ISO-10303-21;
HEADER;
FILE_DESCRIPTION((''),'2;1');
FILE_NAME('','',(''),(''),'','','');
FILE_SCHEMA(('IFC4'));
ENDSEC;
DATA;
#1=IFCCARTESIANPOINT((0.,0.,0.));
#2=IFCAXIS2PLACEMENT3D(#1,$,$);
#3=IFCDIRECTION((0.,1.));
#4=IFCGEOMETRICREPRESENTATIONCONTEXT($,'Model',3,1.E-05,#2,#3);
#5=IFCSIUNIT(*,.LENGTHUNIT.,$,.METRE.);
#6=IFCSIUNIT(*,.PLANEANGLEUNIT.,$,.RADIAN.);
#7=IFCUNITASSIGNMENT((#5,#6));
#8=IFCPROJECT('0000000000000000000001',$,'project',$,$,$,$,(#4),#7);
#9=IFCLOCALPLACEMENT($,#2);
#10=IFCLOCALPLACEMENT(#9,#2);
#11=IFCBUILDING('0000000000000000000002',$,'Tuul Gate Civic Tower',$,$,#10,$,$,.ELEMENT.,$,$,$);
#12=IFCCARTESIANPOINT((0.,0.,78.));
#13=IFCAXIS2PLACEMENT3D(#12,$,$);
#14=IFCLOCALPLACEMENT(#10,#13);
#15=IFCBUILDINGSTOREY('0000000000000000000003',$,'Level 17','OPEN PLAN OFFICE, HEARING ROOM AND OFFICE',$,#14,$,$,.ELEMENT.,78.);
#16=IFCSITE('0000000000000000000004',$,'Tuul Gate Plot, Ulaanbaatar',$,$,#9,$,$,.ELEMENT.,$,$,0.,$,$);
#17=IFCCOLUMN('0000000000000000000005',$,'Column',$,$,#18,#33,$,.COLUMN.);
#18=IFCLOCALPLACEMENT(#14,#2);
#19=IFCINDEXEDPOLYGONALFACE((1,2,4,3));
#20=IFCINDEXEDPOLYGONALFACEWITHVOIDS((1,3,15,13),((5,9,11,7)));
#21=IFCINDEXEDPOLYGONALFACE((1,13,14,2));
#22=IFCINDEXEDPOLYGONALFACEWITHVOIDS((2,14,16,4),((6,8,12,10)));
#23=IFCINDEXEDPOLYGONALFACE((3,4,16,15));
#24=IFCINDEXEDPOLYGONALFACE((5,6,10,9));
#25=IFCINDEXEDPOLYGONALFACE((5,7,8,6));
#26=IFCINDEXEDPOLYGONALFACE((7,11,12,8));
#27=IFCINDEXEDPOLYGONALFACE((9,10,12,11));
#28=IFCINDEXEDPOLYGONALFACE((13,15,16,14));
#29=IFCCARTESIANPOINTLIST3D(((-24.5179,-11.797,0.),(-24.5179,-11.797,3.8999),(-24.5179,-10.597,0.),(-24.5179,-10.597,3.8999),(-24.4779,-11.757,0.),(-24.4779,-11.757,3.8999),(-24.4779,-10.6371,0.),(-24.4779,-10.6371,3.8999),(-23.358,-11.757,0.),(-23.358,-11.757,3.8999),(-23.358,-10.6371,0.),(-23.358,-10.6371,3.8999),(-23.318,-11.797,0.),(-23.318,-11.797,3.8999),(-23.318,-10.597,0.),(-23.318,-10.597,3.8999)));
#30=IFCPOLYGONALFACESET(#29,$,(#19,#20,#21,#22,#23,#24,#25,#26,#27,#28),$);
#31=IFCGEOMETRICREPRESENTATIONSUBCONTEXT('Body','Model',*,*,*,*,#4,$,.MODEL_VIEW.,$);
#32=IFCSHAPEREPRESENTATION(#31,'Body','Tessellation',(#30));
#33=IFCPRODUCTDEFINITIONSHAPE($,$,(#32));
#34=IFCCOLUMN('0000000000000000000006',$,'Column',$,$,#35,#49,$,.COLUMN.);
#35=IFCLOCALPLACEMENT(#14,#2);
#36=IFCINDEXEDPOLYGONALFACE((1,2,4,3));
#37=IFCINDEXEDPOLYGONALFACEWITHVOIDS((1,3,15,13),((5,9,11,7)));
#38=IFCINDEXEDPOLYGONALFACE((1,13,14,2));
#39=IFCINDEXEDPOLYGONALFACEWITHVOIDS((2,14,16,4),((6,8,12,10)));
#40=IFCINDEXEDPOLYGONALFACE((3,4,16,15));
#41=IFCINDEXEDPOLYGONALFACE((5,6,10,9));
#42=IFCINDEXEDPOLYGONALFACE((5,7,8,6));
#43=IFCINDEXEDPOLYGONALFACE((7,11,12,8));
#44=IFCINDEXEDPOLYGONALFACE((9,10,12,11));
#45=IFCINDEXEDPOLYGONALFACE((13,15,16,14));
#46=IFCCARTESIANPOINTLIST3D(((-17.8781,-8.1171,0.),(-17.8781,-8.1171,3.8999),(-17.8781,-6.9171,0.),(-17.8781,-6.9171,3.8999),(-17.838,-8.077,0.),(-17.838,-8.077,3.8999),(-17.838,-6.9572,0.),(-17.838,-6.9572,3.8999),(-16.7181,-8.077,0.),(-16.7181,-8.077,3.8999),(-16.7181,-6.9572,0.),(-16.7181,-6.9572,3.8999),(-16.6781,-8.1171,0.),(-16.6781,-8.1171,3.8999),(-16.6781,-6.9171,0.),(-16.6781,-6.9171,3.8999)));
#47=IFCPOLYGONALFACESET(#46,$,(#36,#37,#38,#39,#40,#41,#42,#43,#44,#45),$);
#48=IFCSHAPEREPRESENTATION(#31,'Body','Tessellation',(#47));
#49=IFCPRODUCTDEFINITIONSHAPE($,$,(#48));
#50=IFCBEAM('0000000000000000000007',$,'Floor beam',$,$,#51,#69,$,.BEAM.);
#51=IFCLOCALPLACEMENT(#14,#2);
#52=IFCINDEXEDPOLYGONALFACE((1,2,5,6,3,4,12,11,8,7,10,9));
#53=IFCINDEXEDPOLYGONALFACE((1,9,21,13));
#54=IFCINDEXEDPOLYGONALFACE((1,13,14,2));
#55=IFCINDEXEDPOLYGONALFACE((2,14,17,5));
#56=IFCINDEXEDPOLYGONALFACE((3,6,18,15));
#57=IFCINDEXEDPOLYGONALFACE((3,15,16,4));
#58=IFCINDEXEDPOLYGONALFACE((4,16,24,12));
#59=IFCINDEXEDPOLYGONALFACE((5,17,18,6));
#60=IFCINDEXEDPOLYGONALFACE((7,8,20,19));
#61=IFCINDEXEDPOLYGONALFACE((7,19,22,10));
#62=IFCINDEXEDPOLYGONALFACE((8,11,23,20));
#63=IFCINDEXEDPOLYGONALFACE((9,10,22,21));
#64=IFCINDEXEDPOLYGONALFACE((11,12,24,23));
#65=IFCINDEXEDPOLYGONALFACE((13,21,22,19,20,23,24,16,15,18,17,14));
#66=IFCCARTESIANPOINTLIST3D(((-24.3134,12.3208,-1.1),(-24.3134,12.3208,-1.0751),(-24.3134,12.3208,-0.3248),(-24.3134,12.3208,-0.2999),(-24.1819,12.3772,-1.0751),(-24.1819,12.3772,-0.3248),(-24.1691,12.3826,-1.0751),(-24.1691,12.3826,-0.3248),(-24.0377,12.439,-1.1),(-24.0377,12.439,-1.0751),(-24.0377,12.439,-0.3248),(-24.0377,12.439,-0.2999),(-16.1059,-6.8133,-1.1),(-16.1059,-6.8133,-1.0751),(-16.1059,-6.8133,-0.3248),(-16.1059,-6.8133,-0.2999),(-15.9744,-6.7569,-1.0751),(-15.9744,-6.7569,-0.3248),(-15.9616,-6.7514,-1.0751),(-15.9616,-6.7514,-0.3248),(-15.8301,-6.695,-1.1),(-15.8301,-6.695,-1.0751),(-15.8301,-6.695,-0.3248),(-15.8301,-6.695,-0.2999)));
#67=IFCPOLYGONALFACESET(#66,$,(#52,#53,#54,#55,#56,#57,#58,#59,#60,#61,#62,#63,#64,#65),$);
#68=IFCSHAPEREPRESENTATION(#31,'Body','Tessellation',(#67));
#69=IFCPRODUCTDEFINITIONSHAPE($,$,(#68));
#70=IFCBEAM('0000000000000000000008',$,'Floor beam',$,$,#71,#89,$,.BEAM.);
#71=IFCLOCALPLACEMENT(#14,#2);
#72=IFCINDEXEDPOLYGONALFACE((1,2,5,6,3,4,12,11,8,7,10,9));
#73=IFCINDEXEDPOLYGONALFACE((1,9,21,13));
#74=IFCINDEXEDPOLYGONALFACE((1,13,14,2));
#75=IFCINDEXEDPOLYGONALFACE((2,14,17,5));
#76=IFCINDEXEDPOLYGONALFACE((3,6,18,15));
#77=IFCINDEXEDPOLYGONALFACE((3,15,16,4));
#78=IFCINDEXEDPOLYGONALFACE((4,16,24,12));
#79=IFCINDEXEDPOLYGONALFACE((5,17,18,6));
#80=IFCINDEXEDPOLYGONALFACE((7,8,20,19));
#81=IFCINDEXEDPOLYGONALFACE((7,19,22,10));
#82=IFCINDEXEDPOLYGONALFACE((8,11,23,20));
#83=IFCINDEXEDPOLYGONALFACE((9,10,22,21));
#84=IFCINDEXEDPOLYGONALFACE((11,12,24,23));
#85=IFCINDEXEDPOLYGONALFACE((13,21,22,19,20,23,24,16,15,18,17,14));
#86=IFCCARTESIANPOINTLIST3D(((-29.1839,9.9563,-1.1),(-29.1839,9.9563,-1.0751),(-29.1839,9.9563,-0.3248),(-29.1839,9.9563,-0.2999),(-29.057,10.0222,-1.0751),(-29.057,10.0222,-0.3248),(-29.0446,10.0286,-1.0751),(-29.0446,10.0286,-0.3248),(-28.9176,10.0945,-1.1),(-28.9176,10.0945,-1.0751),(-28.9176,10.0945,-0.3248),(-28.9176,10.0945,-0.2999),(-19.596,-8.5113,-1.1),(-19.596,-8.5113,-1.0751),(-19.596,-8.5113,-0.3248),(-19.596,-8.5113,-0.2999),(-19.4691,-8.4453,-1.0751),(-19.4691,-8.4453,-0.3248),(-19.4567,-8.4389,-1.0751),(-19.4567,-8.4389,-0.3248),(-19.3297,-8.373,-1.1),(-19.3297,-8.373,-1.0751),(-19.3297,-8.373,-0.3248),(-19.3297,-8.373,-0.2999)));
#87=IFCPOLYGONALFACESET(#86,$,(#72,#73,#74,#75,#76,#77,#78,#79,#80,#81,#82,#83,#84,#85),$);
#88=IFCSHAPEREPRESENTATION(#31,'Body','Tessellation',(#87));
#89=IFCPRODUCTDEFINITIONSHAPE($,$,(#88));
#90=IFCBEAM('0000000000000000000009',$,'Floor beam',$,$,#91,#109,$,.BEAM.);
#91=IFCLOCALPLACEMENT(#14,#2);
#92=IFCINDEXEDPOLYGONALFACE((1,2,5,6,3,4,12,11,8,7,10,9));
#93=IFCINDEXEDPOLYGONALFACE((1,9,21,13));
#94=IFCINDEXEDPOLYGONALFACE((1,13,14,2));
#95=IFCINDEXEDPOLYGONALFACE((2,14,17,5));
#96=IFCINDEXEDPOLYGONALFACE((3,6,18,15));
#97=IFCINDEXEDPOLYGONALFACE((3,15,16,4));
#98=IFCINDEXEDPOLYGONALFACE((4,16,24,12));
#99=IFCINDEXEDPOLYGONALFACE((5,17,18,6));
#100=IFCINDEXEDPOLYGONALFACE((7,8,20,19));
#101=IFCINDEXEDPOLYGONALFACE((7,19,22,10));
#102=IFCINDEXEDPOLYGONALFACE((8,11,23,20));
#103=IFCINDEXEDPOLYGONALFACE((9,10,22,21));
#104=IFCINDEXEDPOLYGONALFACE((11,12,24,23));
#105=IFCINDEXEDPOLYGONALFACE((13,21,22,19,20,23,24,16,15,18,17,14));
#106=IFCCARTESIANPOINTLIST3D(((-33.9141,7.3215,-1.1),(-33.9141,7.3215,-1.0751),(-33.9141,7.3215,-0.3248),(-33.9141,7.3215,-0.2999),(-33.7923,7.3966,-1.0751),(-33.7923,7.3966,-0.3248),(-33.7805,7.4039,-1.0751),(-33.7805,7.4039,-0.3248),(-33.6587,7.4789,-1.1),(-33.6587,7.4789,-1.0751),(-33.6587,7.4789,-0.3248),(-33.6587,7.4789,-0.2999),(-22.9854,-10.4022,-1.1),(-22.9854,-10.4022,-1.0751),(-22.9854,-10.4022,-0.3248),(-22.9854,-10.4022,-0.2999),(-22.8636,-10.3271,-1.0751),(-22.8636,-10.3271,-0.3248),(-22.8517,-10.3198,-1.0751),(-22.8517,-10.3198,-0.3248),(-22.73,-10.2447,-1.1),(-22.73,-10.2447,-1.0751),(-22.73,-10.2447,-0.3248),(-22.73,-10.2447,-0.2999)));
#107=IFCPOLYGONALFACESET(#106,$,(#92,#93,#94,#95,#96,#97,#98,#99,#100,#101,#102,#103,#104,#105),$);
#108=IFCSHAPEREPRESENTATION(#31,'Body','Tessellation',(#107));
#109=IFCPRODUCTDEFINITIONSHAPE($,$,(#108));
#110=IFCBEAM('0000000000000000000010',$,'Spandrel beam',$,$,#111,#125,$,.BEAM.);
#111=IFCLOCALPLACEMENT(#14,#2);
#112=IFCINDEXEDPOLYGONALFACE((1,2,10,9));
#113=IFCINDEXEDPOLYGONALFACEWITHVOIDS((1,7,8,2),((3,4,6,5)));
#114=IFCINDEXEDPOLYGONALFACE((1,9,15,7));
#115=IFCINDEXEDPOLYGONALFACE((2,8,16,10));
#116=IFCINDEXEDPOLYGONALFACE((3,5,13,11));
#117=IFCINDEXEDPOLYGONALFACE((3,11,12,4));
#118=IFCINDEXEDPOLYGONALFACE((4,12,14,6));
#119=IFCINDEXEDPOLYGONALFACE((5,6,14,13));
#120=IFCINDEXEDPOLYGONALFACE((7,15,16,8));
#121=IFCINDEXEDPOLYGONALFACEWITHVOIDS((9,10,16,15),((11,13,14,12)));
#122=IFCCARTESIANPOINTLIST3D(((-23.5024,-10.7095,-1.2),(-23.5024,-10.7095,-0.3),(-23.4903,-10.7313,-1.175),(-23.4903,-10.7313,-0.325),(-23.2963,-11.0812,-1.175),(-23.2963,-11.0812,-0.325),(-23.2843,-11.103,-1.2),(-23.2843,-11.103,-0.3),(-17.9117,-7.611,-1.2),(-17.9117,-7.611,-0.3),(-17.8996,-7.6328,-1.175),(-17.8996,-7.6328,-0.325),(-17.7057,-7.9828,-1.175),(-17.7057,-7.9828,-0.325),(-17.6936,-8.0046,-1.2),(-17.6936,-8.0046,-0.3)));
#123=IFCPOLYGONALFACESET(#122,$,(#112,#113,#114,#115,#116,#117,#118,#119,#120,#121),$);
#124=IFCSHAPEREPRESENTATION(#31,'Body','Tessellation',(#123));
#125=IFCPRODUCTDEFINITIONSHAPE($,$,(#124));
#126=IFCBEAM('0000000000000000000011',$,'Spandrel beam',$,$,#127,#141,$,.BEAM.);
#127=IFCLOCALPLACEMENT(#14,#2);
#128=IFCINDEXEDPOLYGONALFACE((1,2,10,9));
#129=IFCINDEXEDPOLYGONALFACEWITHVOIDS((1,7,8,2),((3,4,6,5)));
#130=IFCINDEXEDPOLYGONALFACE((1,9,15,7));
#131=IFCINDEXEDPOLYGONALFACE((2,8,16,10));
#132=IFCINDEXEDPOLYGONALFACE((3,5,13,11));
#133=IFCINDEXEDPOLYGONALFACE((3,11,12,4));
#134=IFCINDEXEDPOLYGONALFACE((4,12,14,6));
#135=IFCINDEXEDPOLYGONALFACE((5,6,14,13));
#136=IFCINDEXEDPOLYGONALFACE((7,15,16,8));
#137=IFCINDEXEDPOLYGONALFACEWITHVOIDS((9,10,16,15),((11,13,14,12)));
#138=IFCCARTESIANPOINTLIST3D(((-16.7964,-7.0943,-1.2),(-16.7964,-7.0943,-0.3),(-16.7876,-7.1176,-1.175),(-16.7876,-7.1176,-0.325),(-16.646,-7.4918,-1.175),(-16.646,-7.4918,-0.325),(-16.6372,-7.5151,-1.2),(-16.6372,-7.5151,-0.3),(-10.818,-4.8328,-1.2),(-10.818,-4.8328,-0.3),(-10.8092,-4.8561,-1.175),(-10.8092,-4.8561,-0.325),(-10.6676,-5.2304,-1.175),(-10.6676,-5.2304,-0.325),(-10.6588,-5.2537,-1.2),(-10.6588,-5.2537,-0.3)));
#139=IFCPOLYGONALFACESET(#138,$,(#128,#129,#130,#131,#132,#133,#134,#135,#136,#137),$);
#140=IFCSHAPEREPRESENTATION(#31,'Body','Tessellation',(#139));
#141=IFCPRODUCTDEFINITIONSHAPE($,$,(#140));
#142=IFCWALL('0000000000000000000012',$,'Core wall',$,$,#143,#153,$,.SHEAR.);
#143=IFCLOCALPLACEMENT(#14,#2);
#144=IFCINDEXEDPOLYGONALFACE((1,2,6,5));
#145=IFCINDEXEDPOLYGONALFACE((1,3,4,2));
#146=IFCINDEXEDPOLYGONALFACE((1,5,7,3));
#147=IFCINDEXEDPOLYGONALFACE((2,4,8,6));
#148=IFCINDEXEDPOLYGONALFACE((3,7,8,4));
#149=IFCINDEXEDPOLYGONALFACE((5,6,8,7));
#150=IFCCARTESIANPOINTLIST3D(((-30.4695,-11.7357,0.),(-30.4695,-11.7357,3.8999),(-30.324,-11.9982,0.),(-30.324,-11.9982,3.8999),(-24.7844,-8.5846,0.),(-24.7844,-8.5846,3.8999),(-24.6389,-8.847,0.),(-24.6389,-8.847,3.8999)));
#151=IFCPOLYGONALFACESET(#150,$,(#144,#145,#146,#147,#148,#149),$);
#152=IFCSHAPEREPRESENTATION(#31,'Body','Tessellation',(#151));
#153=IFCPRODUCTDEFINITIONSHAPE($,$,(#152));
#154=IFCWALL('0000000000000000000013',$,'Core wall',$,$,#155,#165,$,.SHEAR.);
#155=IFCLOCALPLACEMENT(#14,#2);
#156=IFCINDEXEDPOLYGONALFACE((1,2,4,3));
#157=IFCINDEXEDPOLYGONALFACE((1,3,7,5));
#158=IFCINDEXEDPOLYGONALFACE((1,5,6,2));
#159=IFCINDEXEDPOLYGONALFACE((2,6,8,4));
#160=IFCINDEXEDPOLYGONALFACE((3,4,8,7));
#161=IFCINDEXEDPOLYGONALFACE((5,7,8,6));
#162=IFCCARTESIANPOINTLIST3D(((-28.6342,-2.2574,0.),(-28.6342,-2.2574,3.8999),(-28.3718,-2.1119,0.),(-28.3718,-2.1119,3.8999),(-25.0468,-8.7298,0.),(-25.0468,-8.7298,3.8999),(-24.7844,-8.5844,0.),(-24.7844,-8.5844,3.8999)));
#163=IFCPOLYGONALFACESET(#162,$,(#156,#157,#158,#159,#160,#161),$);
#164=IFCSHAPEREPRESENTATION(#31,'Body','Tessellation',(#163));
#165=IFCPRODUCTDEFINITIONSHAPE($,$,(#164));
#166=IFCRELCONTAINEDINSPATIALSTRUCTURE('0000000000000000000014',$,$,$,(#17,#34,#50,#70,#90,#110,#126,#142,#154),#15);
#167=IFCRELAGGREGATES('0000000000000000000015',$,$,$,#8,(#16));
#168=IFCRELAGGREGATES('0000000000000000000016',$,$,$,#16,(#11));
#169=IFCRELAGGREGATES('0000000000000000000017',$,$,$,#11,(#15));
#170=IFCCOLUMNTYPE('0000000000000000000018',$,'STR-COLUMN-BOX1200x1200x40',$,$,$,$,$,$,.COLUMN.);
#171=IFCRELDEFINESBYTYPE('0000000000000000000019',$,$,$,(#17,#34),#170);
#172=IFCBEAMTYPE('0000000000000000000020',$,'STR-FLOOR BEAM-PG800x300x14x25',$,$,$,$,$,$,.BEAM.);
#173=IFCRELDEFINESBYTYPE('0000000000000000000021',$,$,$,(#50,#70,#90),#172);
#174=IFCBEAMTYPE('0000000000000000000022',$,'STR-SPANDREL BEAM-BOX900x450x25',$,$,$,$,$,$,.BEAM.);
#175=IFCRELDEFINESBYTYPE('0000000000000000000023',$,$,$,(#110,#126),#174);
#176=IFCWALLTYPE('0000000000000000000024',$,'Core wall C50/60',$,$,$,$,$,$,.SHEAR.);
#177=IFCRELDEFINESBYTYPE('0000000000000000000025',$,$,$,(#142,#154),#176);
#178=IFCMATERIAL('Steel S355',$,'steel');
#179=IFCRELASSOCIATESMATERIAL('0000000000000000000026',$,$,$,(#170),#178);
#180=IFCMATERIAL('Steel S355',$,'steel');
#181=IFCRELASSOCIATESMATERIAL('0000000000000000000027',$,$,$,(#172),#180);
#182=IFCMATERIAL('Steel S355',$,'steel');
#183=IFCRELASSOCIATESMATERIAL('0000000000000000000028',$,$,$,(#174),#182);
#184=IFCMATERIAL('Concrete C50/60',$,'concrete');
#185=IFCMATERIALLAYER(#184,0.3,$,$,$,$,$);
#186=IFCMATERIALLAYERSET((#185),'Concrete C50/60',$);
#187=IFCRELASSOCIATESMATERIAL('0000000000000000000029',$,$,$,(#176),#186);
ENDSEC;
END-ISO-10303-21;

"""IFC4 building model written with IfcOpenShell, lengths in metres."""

from ifc_helpers import new_model, si_unit, direction, frame, frame_2d, origin, origin_2d, place, context, subcontext, project, spatial, rectangle, hollow_rectangle, i_section, extrude, material, layer, layer_set, material_profile, profile_set, type_object, element, save


model = new_model("IFC4")

# Units and contexts
model_context = context("Model", 3, precision=1e-05, world=origin(), true_north=direction((0.0, 1.0)))
body_context = subcontext(model_context, "Body", "Model", "MODEL_VIEW")
ifc_project = project(units=[si_unit("LENGTHUNIT", "METRE"), si_unit("PLANEANGLEUNIT", "RADIAN")], contexts=[model_context])

# Site, building, storey
site_placement = place(None, origin())
site = spatial("IfcSite", under=ifc_project, at=site_placement, Name="Tuul Gate Plot, Ulaanbaatar", CompositionType="ELEMENT", RefElevation=0.0)
building_placement = place(site_placement, origin())
building = spatial("IfcBuilding", under=site, at=building_placement, Name="Tuul Gate Civic Tower", CompositionType="ELEMENT")
storey_placement = place(building_placement, frame((0.0, 0.0, 78.0)))
storey = spatial("IfcBuildingStorey", under=building, at=storey_placement, Name="Level 17", Description="OPEN PLAN OFFICE, HEARING ROOM AND OFFICE", CompositionType="ELEMENT", Elevation=78.0)

# Columns
ifc_material_1 = material(Name="Steel S355", Category="steel")
ifc_material_profile_1 = material_profile(ifc_material_1, hollow_rectangle(XDim=1.2, YDim=1.2, WallThickness=0.04, at=origin_2d()), Name="BOX1200x1200x40")
ifc_profile_set_1 = profile_set([ifc_material_profile_1], Name="Steel S355")
column_type = type_object("IfcColumnType", Name="STR-COLUMN-BOX1200x1200x40", PredefinedType="COLUMN", material=ifc_profile_set_1)
for number, where, z_axis, x_axis, name in (
    (1, (-23.918, -11.197, 0.0), (0.0, 0.0, 1.0), (1.0, 0.0, 0.0), "Column"),
    (2, (-17.2781, -7.5171, 0.0), (0.0, 0.0, 1.0), (1.0, 0.0, 0.0), "Column"),
):
    element("IfcColumn", number, at=place(storey_placement, frame(where, z_axis=z_axis, x_axis=x_axis)), inside=storey, type_object=column_type, Name=name, PredefinedType="COLUMN", context=body_context, shape_type="SweptSolid", body=[
        extrude(hollow_rectangle(XDim=1.2, YDim=1.2, WallThickness=0.04, at=origin_2d()), origin(), (0.0, 0.0, 1.0), 3.8999),
    ])

# Beams
ifc_material_2 = material(Name="Steel S355", Category="steel")
ifc_material_profile_2 = material_profile(ifc_material_2, i_section(OverallWidth=0.3, OverallDepth=0.8, WebThickness=0.0139, FlangeThickness=0.0249, at=origin_2d()), Name="PG800x300x14x25")
ifc_profile_set_2 = profile_set([ifc_material_profile_2], Name="Steel S355")
beam_type_1 = type_object("IfcBeamType", Name="STR-FLOOR BEAM-PG800x300x14x25", PredefinedType="BEAM", material=ifc_profile_set_2)
beam_1_placement = place(storey_placement, frame((-15.968, -6.7542, -0.7), z_axis=(-0.394212, 0.919019, 0.0), x_axis=(-0.919019, -0.394212, 0.0)))
element("IfcBeam", 3, at=beam_1_placement, inside=storey, type_object=beam_type_1, Name="Floor beam", PredefinedType="BEAM", context=body_context, shape_type="SweptSolid", body=[
    extrude(i_section(OverallWidth=0.3, OverallDepth=0.8, WebThickness=0.0139, FlangeThickness=0.0249, at=origin_2d()), origin(), (0.0, 0.0, 1.0), 20.8201),
])
beam_2_placement = place(storey_placement, frame((-19.4629, -8.4421, -0.7), z_axis=(-0.460777, 0.887516, 0.0), x_axis=(-0.887516, -0.460777, 0.0)))
element("IfcBeam", 4, at=beam_2_placement, inside=storey, type_object=beam_type_1, Name="Floor beam", PredefinedType="BEAM", context=body_context, shape_type="SweptSolid", body=[
    extrude(i_section(OverallWidth=0.3, OverallDepth=0.8, WebThickness=0.0139, FlangeThickness=0.0249, at=origin_2d()), origin(), (0.0, 0.0, 1.0), 20.8081),
])
beam_3_placement = place(storey_placement, frame((-22.8577, -10.3235, -0.7), z_axis=(-0.524859, 0.851189, 0.0), x_axis=(-0.851189, -0.524859, 0.0)))
element("IfcBeam", 5, at=beam_3_placement, inside=storey, type_object=beam_type_1, Name="Floor beam", PredefinedType="BEAM", context=body_context, shape_type="SweptSolid", body=[
    extrude(i_section(OverallWidth=0.3, OverallDepth=0.8, WebThickness=0.0139, FlangeThickness=0.0249, at=origin_2d()), origin(), (0.0, 0.0, 1.0), 20.8223),
])
ifc_material_3 = material(Name="Steel S355", Category="steel")
ifc_material_profile_3 = material_profile(ifc_material_3, hollow_rectangle(XDim=0.45, YDim=0.8999, WallThickness=0.0249, at=origin_2d()), Name="BOX900x450x25")
ifc_profile_set_3 = profile_set([ifc_material_profile_3], Name="Steel S355")
beam_type_2 = type_object("IfcBeamType", Name="STR-SPANDREL BEAM-BOX900x450x25", PredefinedType="BEAM", material=ifc_profile_set_3)
for number, where, z_axis, x_axis, name in (
    (6, (-23.3933, -10.9062, -0.75), (0.874654, 0.484748, 0.0), (-0.484748, 0.874654, 0.0), "Spandrel beam"),
    (7, (-16.7168, -7.3047, -0.75), (0.935321, 0.353801, 0.0), (-0.353801, 0.935321, 0.0), "Spandrel beam"),
):
    element("IfcBeam", number, at=place(storey_placement, frame(where, z_axis=z_axis, x_axis=x_axis)), inside=storey, type_object=beam_type_2, Name=name, PredefinedType="BEAM", context=body_context, shape_type="SweptSolid", body=[
        extrude(hollow_rectangle(XDim=0.45, YDim=0.8999, WallThickness=0.0249, at=origin_2d()), origin(), (0.0, 0.0, 1.0), 6.3918),
    ])

# Walls
ifc_material_4 = material(Name="Concrete C50/60", Category="concrete")
ifc_layer_1 = layer(ifc_material_4, 0.3)
ifc_layer_set_1 = layer_set([ifc_layer_1], Name="Concrete C50/60")
wall_type_1 = type_object("IfcWallType", Name="Core wall C50/60", PredefinedType="SHEAR", material=ifc_layer_set_1)
wall_1_placement = place(storey_placement, frame((-24.7117, -8.7158, 0.0), z_axis=(0.0, 0.0, 1.0), x_axis=(-0.87463, -0.484791, 0.0)))
element("IfcWall", 8, at=wall_1_placement, inside=storey, type_object=wall_type_1, Name="Core wall", PredefinedType="SHEAR", context=body_context, shape_type="SweptSolid", body=[
    extrude(rectangle(XDim=6.5, YDim=0.3, at=frame_2d((3.25, 0.0))), origin(), (0.0, 0.0, 1.0), 3.8999),
])
wall_2_placement = place(storey_placement, frame((-24.9155, -8.6572, 0.0), z_axis=(0.0, 0.0, 1.0), x_axis=(-0.484777, 0.874638, 0.0)))
element("IfcWall", 9, at=wall_2_placement, inside=storey, type_object=wall_type_1, Name="Core wall", PredefinedType="SHEAR", context=body_context, shape_type="SweptSolid", body=[
    extrude(rectangle(XDim=7.4001, YDim=0.3, at=frame_2d((3.7002, 0.0))), origin(), (0.0, 0.0, 1.0), 3.8999),
])

save(model, "model.ifc")
